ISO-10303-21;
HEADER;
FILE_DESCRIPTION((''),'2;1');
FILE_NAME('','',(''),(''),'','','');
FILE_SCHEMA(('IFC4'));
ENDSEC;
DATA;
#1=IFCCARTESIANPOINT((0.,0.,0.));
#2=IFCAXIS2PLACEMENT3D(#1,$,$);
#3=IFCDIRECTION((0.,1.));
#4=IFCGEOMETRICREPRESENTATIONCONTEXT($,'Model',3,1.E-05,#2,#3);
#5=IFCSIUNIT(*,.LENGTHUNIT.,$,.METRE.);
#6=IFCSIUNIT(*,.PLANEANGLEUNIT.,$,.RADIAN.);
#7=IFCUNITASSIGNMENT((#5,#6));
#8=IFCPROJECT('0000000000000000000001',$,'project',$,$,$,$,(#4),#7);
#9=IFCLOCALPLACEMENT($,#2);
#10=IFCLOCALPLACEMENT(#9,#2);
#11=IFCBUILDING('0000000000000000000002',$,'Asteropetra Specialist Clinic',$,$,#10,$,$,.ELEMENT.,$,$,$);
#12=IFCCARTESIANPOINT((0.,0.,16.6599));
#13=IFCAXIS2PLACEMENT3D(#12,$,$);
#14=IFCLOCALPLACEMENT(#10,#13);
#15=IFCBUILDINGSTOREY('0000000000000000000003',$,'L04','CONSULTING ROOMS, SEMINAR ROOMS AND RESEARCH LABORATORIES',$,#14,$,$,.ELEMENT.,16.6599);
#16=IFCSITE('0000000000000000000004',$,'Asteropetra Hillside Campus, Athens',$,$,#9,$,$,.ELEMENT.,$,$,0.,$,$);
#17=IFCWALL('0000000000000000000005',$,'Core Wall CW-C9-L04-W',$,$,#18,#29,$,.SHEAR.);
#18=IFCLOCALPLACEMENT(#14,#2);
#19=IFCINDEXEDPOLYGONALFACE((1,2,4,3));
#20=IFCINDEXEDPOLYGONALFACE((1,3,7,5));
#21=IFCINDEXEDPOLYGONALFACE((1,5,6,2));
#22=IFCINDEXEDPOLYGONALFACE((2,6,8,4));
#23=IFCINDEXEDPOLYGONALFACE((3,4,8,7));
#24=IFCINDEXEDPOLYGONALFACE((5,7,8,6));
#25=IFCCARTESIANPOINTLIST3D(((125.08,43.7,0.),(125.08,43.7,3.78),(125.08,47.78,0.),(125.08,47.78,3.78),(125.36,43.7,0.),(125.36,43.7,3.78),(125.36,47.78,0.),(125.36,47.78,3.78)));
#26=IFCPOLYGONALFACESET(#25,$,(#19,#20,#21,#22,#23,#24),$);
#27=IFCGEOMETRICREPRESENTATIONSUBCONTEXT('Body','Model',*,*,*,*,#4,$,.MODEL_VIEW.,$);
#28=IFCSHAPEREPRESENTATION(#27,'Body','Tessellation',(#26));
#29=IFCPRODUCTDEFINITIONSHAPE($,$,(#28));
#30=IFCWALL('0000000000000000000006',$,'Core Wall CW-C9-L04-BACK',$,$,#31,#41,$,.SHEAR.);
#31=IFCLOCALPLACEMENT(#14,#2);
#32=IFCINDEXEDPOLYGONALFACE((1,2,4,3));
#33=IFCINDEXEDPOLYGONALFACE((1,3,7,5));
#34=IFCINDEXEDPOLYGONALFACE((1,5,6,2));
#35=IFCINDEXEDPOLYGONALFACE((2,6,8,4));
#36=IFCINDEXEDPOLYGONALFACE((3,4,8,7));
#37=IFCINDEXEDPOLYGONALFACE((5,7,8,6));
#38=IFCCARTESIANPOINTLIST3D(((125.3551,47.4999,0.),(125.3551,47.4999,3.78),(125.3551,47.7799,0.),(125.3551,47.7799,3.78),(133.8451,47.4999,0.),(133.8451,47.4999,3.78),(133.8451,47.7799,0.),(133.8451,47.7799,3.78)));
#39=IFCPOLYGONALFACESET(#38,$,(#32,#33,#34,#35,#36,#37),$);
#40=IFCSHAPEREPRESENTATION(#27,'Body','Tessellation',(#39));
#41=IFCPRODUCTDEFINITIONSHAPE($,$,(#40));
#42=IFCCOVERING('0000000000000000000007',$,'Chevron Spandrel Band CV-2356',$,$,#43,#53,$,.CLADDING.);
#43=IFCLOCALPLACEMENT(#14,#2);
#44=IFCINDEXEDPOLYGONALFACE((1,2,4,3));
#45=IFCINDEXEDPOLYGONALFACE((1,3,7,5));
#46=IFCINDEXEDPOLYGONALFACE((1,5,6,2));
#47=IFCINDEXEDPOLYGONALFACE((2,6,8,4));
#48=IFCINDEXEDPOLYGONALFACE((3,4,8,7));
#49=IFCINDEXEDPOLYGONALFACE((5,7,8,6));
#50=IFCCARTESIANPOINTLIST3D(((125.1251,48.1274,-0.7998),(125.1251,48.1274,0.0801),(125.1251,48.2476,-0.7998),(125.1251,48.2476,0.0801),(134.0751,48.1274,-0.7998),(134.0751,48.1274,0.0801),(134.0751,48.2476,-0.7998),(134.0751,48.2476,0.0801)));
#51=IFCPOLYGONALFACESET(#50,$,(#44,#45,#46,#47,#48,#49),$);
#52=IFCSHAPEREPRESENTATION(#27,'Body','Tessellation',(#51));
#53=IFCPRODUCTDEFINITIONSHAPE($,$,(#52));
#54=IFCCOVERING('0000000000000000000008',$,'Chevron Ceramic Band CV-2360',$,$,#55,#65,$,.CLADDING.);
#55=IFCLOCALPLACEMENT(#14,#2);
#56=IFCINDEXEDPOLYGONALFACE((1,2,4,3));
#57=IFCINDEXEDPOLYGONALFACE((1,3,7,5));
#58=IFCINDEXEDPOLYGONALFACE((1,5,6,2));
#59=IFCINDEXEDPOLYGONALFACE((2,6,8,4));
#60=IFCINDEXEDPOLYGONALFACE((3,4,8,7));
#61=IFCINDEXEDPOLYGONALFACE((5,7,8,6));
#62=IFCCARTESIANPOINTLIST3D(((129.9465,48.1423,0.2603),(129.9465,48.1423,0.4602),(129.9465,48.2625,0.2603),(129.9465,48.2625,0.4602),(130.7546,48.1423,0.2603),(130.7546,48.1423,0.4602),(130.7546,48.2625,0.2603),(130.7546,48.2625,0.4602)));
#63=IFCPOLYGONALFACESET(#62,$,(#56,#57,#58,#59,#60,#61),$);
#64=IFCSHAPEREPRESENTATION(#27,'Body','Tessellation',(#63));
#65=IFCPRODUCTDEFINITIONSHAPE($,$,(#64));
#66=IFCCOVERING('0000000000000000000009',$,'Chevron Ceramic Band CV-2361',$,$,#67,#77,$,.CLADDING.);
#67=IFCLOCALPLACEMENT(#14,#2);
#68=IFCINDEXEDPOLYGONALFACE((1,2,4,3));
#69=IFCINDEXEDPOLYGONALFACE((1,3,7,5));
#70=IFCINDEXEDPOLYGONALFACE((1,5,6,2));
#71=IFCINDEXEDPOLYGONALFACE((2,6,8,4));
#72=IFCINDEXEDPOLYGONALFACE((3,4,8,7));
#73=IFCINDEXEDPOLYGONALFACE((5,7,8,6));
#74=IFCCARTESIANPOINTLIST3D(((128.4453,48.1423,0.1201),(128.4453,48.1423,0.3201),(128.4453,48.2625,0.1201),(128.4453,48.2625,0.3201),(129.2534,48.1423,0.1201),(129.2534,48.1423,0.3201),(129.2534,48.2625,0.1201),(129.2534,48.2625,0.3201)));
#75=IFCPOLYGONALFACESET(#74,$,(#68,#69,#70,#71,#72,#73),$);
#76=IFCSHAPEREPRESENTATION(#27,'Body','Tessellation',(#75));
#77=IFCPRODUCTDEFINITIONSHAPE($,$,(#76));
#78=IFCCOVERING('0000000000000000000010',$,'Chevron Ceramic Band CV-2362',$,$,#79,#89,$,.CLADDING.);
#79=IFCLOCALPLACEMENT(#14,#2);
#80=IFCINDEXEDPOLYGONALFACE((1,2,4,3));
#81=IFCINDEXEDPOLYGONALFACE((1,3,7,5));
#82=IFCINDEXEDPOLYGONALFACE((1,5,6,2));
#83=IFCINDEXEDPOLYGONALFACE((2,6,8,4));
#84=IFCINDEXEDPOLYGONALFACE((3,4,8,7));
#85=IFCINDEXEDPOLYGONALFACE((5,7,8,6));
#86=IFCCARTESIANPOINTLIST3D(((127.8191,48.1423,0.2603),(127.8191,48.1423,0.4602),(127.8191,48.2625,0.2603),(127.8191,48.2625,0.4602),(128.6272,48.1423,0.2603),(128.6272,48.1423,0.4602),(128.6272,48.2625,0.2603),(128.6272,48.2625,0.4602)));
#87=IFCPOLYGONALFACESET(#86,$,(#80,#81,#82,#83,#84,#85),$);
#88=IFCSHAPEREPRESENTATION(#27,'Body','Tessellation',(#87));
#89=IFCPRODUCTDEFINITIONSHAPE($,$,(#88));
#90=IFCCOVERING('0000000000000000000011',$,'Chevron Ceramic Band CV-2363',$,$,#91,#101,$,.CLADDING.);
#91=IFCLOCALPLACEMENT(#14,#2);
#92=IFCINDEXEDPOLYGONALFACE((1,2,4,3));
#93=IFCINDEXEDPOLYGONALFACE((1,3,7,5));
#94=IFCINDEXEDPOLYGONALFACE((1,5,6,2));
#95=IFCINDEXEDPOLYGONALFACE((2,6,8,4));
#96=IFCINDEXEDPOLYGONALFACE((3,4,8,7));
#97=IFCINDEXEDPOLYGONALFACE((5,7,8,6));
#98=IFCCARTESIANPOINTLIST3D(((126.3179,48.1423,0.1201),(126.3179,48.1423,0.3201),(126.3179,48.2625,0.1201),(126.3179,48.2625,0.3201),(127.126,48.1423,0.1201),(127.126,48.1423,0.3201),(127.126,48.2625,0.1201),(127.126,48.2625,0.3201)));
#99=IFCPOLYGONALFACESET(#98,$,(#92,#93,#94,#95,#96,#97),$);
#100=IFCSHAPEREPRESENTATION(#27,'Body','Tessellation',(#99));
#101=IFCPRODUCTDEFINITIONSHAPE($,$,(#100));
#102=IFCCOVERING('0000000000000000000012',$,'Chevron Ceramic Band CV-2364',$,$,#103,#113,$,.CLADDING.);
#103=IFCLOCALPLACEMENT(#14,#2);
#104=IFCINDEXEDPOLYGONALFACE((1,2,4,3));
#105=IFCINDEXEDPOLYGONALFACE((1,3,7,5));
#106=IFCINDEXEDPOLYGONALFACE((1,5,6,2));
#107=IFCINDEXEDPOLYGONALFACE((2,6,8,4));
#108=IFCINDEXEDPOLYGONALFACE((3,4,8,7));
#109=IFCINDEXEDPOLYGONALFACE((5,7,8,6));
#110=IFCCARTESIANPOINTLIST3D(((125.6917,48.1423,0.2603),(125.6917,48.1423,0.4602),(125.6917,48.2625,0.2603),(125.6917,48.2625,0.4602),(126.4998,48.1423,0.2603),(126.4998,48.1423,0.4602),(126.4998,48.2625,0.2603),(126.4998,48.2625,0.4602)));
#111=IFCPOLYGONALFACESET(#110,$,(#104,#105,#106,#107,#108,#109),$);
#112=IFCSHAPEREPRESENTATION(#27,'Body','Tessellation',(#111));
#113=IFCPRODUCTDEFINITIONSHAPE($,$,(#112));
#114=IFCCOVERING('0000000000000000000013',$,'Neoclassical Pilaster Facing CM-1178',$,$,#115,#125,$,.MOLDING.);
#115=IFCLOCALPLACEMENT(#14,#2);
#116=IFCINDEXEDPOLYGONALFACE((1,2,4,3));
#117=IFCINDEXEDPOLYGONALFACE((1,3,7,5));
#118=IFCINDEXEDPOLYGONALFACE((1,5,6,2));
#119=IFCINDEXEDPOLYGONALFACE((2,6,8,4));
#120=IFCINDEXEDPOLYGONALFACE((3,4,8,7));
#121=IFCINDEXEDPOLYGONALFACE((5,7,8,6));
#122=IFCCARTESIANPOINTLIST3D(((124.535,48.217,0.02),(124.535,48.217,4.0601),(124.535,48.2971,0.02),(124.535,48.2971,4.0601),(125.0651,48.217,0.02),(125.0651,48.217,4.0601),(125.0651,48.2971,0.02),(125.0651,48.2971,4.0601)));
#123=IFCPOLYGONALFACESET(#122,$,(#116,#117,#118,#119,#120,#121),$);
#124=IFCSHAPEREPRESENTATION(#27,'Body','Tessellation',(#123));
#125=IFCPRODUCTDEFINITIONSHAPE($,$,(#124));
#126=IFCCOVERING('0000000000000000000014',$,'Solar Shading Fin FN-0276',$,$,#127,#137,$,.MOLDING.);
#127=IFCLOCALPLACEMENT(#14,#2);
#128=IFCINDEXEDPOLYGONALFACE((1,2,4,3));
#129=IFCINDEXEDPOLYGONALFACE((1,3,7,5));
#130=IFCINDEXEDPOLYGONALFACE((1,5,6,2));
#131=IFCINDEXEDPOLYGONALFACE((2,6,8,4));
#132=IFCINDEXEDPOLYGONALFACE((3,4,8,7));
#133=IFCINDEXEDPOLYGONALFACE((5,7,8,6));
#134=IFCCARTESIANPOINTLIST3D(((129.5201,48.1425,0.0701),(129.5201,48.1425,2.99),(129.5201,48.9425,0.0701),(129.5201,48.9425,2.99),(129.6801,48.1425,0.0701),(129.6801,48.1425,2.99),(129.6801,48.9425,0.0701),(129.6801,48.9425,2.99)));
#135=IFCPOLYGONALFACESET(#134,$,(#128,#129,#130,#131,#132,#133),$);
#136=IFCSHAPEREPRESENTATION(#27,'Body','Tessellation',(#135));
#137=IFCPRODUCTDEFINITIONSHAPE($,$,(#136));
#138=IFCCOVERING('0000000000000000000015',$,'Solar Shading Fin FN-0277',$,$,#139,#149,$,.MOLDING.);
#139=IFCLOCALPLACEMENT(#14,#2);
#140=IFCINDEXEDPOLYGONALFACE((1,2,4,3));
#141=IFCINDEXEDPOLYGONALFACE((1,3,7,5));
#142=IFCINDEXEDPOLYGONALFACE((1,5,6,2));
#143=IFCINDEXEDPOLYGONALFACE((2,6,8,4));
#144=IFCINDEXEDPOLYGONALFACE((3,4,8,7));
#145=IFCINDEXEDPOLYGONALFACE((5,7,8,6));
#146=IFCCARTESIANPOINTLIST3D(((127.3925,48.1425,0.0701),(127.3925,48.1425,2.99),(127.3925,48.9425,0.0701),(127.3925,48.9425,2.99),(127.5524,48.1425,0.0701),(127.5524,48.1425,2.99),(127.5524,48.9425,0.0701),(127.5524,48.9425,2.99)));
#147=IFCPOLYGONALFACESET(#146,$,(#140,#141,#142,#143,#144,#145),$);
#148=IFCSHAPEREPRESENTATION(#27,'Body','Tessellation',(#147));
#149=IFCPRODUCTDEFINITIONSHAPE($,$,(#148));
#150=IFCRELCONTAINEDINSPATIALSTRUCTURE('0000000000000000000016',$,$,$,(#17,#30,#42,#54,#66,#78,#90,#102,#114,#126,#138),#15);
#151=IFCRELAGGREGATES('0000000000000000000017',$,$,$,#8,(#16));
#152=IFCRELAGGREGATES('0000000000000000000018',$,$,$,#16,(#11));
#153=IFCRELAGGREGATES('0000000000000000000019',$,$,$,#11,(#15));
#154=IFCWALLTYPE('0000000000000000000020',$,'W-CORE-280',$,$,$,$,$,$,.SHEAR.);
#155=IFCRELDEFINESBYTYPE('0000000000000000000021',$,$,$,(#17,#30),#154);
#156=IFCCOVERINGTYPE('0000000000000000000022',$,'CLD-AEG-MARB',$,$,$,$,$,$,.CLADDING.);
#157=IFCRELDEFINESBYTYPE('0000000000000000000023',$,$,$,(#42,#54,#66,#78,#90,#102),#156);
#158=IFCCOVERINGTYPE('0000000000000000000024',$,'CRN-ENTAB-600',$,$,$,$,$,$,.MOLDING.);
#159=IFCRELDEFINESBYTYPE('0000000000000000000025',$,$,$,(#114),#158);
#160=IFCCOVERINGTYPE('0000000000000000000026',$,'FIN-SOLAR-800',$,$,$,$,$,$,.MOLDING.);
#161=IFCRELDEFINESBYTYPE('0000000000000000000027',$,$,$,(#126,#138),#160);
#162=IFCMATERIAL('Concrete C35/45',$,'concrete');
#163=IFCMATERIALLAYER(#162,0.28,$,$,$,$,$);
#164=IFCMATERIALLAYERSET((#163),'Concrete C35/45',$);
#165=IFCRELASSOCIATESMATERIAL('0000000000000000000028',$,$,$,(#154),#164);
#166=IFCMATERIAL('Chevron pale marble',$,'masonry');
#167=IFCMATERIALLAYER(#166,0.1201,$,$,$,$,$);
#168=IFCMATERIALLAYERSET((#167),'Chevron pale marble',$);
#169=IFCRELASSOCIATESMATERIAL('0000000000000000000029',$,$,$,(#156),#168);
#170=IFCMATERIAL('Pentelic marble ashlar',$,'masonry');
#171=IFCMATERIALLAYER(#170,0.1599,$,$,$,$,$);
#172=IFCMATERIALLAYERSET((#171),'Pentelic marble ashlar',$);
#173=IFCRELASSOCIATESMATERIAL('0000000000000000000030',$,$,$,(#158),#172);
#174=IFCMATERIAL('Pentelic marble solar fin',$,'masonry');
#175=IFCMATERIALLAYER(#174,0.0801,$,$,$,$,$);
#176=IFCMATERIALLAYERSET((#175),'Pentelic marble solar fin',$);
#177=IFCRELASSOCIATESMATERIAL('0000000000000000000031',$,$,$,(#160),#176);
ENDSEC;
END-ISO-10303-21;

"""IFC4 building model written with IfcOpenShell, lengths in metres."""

from ifc_helpers import new_model, si_unit, direction, frame, frame_2d, origin, origin_2d, place, context, subcontext, project, spatial, rectangle, extrude, material, layer, layer_set, type_object, element, save


model = new_model("IFC4")

# Units and contexts
model_context = context("Model", 3, precision=1e-05, world=origin(), true_north=direction((0.0, 1.0)))
body_context = subcontext(model_context, "Body", "Model", "MODEL_VIEW")
ifc_project = project(units=[si_unit("LENGTHUNIT", "METRE"), si_unit("PLANEANGLEUNIT", "RADIAN")], contexts=[model_context])

# Site, building, storey
site_placement = place(None, origin())
site = spatial("IfcSite", under=ifc_project, at=site_placement, Name="Asteropetra Hillside Campus, Athens", CompositionType="ELEMENT", RefElevation=0.0)
building_placement = place(site_placement, origin())
building = spatial("IfcBuilding", under=site, at=building_placement, Name="Asteropetra Specialist Clinic", CompositionType="ELEMENT")
storey_placement = place(building_placement, frame((0.0, 0.0, 16.6599)))
storey = spatial("IfcBuildingStorey", under=building, at=storey_placement, Name="L04", Description="CONSULTING ROOMS, SEMINAR ROOMS AND RESEARCH LABORATORIES", CompositionType="ELEMENT", Elevation=16.6599)

# Walls
ifc_material_1 = material(Name="Concrete C35/45", Category="concrete")
ifc_layer_1 = layer(ifc_material_1, 0.28)
ifc_layer_set_1 = layer_set([ifc_layer_1], Name="Concrete C35/45")
wall_type_1 = type_object("IfcWallType", Name="W-CORE-280", PredefinedType="SHEAR", material=ifc_layer_set_1)
wall_1_placement = place(storey_placement, frame((125.22, 43.7, 0.0), z_axis=(0.0, 0.0, 1.0), x_axis=(0.0, 1.0, 0.0)))
element("IfcWall", 1, at=wall_1_placement, inside=storey, type_object=wall_type_1, Name="Core Wall CW-C9-L04-W", PredefinedType="SHEAR", context=body_context, shape_type="SweptSolid", body=[
    extrude(rectangle(XDim=4.0801, YDim=0.28, at=frame_2d((2.04, 0.0))), origin(), (0.0, 0.0, 1.0), 3.78),
])
wall_2_placement = place(storey_placement, frame((125.355, 47.6399, 0.0), z_axis=(0.0, 0.0, 1.0), x_axis=(1.0, 0.0, 0.0)))
element("IfcWall", 2, at=wall_2_placement, inside=storey, type_object=wall_type_1, Name="Core Wall CW-C9-L04-BACK", PredefinedType="SHEAR", context=body_context, shape_type="SweptSolid", body=[
    extrude(rectangle(XDim=8.49, YDim=0.28, at=frame_2d((4.2451, 0.0))), origin(), (0.0, 0.0, 1.0), 3.78),
])

# Coverings
ifc_material_2 = material(Name="Chevron pale marble", Category="masonry")
ifc_layer_2 = layer(ifc_material_2, 0.1201)
ifc_layer_set_2 = layer_set([ifc_layer_2], Name="Chevron pale marble")
covering_type_1 = type_object("IfcCoveringType", Name="CLD-AEG-MARB", PredefinedType="CLADDING", material=ifc_layer_set_2)
covering_1_placement = place(storey_placement, frame((129.6001, 48.1875, -0.7998), z_axis=(0.0, 0.0, 1.0), x_axis=(1.0, 0.0, 0.0)))
element("IfcCovering", 3, at=covering_1_placement, inside=storey, type_object=covering_type_1, Name="Chevron Spandrel Band CV-2356", PredefinedType="CLADDING", context=body_context, shape_type="SweptSolid", body=[
    extrude(rectangle(XDim=8.95, YDim=0.1201, at=origin_2d()), origin(), (0.0, 0.0, 1.0), 0.8799),
])
for number, where, z_axis, x_axis, name in (
    (4, (130.3506, 48.2024, 0.2603), (0.0, 0.0, 1.0), (1.0, 0.0, 0.0), "Chevron Ceramic Band CV-2360"),
    (5, (128.8494, 48.2024, 0.1201), (0.0, 0.0, 1.0), (1.0, 0.0, 0.0), "Chevron Ceramic Band CV-2361"),
    (6, (128.2231, 48.2024, 0.2603), (0.0, 0.0, 1.0), (1.0, 0.0, 0.0), "Chevron Ceramic Band CV-2362"),
    (7, (126.7219, 48.2024, 0.1201), (0.0, 0.0, 1.0), (1.0, 0.0, 0.0), "Chevron Ceramic Band CV-2363"),
    (8, (126.0957, 48.2024, 0.2603), (0.0, 0.0, 1.0), (1.0, 0.0, 0.0), "Chevron Ceramic Band CV-2364"),
):
    element("IfcCovering", number, at=place(storey_placement, frame(where, z_axis=z_axis, x_axis=x_axis)), inside=storey, type_object=covering_type_1, Name=name, PredefinedType="CLADDING", context=body_context, shape_type="SweptSolid", body=[
        extrude(rectangle(XDim=0.8081, YDim=0.1201, at=origin_2d()), origin(), (0.0, 0.0, 1.0), 0.2),
    ])
ifc_material_3 = material(Name="Pentelic marble ashlar", Category="masonry")
ifc_layer_3 = layer(ifc_material_3, 0.1599)
ifc_layer_set_3 = layer_set([ifc_layer_3], Name="Pentelic marble ashlar")
covering_type_2 = type_object("IfcCoveringType", Name="CRN-ENTAB-600", PredefinedType="MOLDING", material=ifc_layer_set_3)
covering_2_placement = place(storey_placement, frame((124.8, 48.2571, 0.02), z_axis=(0.0, 0.0, 1.0), x_axis=(1.0, 0.0, 0.0)))
element("IfcCovering", 9, at=covering_2_placement, inside=storey, type_object=covering_type_2, Name="Neoclassical Pilaster Facing CM-1178", PredefinedType="MOLDING", context=body_context, shape_type="SweptSolid", body=[
    extrude(rectangle(XDim=0.53, YDim=0.0801, at=origin_2d()), origin(), (0.0, 0.0, 1.0), 4.04),
])
ifc_material_4 = material(Name="Pentelic marble solar fin", Category="masonry")
ifc_layer_4 = layer(ifc_material_4, 0.0801)
ifc_layer_set_4 = layer_set([ifc_layer_4], Name="Pentelic marble solar fin")
covering_type_3 = type_object("IfcCoveringType", Name="FIN-SOLAR-800", PredefinedType="MOLDING", material=ifc_layer_set_4)
for number, where, z_axis, x_axis, name in (
    (10, (129.6001, 48.5425, 0.0701), (0.0, 0.0, 1.0), (1.0, 0.0, 0.0), "Solar Shading Fin FN-0276"),
    (11, (127.4724, 48.5425, 0.0701), (0.0, 0.0, 1.0), (1.0, 0.0, 0.0), "Solar Shading Fin FN-0277"),
):
    element("IfcCovering", number, at=place(storey_placement, frame(where, z_axis=z_axis, x_axis=x_axis)), inside=storey, type_object=covering_type_3, Name=name, PredefinedType="MOLDING", context=body_context, shape_type="SweptSolid", body=[
        extrude(rectangle(XDim=0.1599, YDim=0.8, at=origin_2d()), origin(), (0.0, 0.0, 1.0), 2.9199),
    ])

save(model, "model.ifc")
